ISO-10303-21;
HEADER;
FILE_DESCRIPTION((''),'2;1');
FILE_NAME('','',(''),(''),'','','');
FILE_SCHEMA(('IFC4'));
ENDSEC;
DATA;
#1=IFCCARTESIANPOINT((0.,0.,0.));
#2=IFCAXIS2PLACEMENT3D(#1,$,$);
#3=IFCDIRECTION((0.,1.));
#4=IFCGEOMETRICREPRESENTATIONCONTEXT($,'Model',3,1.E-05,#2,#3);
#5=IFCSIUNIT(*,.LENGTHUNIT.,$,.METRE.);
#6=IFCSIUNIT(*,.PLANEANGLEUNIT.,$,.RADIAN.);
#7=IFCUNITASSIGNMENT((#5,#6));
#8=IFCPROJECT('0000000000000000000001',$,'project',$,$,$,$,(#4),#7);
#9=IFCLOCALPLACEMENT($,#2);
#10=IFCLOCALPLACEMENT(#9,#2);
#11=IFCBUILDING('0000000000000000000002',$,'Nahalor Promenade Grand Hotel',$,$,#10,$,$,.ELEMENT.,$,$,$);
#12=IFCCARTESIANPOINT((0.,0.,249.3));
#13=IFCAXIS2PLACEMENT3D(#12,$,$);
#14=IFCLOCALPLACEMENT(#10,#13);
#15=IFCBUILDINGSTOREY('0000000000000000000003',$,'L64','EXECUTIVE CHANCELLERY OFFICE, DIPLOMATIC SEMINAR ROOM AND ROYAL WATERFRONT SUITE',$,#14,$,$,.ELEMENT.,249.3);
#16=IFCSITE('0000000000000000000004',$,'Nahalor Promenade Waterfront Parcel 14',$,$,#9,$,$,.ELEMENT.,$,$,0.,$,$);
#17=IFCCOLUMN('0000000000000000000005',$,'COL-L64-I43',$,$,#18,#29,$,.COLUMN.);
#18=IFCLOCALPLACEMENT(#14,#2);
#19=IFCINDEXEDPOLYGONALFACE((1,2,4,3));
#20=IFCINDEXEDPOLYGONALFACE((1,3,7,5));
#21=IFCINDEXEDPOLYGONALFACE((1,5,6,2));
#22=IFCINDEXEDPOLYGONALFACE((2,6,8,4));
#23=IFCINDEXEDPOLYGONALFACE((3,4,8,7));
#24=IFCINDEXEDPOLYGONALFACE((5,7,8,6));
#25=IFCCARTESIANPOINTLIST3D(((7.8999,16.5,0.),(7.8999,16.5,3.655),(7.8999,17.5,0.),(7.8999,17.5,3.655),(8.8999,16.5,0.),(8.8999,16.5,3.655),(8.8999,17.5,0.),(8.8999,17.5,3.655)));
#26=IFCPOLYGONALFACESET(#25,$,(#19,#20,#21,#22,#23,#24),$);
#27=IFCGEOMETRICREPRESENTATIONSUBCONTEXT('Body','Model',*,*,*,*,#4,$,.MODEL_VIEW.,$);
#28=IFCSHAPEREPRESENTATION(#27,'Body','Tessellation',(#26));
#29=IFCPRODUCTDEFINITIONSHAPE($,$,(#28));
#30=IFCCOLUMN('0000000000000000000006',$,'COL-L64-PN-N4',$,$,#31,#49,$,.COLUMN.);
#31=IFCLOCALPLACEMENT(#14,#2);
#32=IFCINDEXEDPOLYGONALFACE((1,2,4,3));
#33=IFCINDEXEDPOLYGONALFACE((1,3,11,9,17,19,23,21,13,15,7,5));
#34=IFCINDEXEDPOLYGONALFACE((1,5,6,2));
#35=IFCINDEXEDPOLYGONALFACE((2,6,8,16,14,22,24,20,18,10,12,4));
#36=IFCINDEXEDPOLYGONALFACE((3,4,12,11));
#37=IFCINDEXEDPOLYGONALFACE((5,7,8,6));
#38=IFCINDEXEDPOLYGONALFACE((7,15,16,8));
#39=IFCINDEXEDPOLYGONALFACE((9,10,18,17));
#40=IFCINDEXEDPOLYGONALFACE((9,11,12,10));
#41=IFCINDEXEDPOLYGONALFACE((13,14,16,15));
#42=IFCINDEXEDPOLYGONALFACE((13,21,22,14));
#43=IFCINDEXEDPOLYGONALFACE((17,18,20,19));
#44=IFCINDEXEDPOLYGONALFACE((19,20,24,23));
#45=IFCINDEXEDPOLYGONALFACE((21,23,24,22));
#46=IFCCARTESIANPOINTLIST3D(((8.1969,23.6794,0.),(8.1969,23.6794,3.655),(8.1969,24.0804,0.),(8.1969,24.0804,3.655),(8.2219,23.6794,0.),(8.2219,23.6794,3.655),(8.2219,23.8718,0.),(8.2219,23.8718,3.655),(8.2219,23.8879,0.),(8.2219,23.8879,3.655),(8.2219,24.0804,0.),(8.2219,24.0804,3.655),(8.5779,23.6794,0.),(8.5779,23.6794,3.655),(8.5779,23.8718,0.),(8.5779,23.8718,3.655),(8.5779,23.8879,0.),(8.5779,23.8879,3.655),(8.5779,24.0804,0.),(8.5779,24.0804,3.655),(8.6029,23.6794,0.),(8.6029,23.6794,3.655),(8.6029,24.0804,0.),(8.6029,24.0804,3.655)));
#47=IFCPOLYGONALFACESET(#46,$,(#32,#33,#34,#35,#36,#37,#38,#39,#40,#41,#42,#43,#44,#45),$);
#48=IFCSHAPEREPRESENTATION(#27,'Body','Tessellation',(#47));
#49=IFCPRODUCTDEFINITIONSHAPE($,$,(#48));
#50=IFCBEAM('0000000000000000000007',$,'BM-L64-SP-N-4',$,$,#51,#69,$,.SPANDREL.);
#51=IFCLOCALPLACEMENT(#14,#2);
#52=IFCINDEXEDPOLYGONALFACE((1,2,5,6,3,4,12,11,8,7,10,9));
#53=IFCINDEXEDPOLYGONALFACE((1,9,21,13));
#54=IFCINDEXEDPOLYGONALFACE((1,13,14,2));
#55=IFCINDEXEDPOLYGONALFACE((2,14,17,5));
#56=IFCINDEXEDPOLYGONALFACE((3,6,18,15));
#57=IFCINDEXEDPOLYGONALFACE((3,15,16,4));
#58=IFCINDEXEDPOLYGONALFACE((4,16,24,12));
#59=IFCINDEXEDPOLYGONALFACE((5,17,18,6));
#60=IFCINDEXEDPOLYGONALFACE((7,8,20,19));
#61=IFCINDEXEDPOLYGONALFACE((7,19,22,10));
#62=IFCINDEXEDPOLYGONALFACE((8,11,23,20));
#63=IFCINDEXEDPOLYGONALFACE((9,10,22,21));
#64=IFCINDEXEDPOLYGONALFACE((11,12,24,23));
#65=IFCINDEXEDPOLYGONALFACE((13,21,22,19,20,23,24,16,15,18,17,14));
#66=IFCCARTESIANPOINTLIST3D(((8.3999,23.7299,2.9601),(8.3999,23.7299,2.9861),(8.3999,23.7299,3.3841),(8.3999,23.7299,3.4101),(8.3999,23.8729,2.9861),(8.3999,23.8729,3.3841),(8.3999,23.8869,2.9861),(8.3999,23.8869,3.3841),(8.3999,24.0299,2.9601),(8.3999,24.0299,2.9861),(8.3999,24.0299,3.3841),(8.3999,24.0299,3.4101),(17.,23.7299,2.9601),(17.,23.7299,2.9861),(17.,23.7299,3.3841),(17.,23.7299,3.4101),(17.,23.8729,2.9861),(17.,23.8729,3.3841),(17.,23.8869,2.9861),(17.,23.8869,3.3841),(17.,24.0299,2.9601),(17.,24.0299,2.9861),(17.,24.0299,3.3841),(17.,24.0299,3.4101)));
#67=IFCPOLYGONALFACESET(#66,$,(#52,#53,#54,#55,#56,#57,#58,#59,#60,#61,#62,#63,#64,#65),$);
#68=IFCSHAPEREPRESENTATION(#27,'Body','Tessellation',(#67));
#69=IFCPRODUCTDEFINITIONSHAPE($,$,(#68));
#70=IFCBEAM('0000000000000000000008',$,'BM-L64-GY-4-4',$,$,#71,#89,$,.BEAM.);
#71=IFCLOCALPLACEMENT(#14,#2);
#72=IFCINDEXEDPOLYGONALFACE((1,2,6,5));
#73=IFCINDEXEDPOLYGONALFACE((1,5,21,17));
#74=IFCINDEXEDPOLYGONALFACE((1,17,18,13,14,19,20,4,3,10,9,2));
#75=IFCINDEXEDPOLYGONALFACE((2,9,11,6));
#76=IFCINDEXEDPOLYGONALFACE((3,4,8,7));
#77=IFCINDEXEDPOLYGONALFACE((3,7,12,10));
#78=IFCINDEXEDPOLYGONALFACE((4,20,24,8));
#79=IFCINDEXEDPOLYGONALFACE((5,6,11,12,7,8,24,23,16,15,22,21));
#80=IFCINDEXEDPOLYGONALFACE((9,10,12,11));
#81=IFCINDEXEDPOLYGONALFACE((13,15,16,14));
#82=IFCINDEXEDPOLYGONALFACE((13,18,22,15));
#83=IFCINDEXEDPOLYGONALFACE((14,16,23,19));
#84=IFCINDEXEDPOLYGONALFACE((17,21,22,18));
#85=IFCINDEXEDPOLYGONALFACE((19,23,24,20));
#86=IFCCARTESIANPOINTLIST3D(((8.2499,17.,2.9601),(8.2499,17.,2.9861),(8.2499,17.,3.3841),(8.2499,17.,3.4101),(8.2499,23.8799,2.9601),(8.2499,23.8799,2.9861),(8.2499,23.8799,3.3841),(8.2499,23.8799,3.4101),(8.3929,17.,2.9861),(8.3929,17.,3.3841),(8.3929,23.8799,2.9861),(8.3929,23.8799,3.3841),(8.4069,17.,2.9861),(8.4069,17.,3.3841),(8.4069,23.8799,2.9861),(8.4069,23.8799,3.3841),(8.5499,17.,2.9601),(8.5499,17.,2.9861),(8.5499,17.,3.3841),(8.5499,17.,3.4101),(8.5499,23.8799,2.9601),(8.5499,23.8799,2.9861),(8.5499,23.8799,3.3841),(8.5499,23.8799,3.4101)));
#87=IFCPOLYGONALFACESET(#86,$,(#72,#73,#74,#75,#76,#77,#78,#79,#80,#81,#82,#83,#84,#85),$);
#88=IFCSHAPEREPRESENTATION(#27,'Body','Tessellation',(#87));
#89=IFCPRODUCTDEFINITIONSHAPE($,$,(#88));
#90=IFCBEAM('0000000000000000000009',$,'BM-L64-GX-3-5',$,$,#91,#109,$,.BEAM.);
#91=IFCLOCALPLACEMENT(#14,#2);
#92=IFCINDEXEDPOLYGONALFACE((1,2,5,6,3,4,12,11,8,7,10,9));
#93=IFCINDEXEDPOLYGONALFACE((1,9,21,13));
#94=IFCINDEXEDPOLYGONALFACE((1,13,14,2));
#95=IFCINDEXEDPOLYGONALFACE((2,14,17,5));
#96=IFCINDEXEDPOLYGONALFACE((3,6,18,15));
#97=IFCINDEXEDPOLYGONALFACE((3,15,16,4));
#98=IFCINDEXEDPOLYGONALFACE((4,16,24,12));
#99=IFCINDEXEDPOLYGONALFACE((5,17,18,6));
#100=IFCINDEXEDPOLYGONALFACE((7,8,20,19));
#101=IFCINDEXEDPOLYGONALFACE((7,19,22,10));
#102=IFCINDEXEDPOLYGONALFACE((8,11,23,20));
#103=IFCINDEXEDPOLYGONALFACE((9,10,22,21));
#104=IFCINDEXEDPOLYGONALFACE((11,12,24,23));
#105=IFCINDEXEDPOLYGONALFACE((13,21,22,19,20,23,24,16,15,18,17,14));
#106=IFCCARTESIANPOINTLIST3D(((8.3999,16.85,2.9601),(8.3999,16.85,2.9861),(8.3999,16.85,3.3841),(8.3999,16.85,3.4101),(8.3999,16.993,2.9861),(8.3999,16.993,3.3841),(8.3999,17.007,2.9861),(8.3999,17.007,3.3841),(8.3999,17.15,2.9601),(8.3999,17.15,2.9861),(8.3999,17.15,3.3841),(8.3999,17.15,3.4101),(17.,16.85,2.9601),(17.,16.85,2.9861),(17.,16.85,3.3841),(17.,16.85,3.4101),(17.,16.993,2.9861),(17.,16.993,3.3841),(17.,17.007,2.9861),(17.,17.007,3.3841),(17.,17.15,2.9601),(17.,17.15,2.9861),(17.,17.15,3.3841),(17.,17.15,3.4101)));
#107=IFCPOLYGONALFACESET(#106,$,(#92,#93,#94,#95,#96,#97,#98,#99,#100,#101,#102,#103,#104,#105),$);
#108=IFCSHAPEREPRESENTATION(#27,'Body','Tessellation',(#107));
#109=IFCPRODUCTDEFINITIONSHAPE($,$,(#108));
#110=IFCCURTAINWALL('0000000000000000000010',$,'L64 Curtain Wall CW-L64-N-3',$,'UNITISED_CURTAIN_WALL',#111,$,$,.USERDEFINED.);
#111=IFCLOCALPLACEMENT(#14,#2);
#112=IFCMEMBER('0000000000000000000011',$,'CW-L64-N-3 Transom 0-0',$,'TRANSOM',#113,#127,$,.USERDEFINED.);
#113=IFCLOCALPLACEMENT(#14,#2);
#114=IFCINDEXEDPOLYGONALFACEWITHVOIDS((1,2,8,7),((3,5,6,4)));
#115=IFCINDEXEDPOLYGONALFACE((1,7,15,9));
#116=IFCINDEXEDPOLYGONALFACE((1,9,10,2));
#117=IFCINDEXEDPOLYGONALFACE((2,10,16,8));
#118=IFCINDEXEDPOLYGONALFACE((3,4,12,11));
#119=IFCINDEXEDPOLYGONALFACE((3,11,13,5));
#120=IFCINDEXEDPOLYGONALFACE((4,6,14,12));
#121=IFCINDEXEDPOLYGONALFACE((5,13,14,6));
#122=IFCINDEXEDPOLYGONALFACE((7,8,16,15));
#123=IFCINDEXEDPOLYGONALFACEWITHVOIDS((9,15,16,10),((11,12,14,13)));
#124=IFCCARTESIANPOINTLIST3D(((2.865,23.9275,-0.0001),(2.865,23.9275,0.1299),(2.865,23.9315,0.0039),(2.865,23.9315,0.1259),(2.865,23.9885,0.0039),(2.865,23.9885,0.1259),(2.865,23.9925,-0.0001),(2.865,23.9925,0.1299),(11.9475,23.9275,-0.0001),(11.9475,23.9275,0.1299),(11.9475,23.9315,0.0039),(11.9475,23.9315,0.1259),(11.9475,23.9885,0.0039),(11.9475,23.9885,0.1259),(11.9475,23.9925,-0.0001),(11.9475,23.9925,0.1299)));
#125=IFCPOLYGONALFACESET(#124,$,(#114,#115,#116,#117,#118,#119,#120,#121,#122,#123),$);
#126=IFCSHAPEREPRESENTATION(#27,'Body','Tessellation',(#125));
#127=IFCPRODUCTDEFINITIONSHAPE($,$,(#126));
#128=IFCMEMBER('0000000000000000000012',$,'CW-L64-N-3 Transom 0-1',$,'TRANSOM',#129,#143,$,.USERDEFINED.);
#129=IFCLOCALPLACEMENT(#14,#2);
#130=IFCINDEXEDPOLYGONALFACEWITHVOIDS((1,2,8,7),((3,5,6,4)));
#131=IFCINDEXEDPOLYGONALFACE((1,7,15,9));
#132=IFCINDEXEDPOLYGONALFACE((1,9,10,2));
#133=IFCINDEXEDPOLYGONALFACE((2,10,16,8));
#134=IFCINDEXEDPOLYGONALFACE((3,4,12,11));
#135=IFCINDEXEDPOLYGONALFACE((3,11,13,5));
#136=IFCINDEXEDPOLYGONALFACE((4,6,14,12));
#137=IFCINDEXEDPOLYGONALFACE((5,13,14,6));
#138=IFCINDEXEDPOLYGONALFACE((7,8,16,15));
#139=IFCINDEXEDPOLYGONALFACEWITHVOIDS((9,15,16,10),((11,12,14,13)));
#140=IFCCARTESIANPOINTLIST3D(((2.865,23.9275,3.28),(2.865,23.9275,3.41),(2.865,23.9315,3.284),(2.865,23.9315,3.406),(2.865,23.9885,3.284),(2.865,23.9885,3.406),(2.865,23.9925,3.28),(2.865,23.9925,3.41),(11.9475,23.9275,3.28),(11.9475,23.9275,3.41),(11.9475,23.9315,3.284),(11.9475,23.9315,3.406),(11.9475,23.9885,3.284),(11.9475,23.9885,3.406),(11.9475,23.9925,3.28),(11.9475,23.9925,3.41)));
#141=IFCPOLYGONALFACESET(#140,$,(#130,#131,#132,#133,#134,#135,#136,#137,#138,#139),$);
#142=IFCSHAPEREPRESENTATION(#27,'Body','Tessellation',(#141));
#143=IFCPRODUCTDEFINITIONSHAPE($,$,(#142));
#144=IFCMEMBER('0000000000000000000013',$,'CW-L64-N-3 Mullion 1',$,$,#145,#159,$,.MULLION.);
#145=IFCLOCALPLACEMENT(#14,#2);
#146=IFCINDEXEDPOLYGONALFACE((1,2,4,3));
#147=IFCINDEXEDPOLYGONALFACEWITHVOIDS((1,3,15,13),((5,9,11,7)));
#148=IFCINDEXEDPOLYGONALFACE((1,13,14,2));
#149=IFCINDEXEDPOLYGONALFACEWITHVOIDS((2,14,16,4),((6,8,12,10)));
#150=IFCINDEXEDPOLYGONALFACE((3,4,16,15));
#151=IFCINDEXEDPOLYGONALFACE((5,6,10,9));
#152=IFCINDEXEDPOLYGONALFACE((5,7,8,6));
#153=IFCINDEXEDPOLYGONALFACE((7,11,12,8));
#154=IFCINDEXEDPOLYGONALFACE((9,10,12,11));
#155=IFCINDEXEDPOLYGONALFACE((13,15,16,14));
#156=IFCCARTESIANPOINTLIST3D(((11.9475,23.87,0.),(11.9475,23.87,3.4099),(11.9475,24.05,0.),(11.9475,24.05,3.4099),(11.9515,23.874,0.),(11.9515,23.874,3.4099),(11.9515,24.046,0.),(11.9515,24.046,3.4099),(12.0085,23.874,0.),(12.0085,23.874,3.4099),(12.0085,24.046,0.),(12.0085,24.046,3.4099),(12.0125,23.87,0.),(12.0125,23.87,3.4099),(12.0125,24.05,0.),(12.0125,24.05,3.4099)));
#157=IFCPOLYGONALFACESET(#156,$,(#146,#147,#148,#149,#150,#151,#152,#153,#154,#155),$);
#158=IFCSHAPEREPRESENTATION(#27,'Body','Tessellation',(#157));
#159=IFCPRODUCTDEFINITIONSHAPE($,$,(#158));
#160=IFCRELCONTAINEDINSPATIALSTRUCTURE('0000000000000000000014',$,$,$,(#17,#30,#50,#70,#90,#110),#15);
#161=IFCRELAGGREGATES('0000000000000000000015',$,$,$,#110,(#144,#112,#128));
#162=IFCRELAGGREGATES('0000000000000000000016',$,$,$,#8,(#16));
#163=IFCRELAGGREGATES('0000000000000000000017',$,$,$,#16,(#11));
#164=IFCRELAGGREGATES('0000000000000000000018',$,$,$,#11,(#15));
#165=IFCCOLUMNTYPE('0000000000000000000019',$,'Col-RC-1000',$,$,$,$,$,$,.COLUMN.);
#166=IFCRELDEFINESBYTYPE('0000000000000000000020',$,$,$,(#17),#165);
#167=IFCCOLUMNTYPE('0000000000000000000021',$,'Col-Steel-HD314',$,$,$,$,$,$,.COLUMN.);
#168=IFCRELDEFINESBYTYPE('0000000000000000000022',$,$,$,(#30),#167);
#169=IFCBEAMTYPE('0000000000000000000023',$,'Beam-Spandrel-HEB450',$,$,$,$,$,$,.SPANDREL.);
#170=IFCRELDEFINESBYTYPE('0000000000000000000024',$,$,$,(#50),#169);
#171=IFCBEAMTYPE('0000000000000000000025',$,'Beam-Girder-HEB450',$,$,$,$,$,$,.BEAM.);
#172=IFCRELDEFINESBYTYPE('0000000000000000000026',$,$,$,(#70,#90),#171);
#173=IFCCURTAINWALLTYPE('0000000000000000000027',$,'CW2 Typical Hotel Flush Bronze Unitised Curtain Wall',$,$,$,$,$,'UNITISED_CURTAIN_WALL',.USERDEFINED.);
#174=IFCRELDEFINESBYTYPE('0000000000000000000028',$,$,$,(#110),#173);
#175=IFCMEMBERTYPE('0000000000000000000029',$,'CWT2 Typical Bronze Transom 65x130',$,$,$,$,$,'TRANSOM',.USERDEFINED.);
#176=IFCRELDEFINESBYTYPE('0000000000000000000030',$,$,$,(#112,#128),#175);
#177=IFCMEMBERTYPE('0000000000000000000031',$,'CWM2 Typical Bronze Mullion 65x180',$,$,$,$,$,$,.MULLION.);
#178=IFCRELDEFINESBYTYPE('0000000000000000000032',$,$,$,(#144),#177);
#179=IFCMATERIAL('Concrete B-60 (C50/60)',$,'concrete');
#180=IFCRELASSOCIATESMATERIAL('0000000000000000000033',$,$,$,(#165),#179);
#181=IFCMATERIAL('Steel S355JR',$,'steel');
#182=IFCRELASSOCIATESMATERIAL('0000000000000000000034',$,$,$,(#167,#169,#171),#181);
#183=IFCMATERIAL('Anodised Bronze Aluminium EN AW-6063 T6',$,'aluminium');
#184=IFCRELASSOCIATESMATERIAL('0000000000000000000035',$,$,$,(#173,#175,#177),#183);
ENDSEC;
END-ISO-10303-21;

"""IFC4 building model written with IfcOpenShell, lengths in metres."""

from ifc_helpers import new_model, si_unit, direction, frame, origin, origin_2d, place, context, subcontext, project, spatial, rectangle, hollow_rectangle, i_section, extrude, source, transform, mapped, material, material_profile, profile_set, type_object, element, aggregate, save


model = new_model("IFC4")

# Units and contexts
model_context = context("Model", 3, precision=1e-05, world=origin(), true_north=direction((0.0, 1.0)))
body_context = subcontext(model_context, "Body", "Model", "MODEL_VIEW")
ifc_project = project(units=[si_unit("LENGTHUNIT", "METRE"), si_unit("PLANEANGLEUNIT", "RADIAN")], contexts=[model_context])

# Site, building, storey
site_placement = place(None, origin())
site = spatial("IfcSite", under=ifc_project, at=site_placement, Name="Nahalor Promenade Waterfront Parcel 14", CompositionType="ELEMENT", RefElevation=0.0)
building_placement = place(site_placement, origin())
building = spatial("IfcBuilding", under=site, at=building_placement, Name="Nahalor Promenade Grand Hotel", CompositionType="ELEMENT")
storey_placement = place(building_placement, frame((0.0, 0.0, 249.3)))
storey = spatial("IfcBuildingStorey", under=building, at=storey_placement, Name="L64", Description="EXECUTIVE CHANCELLERY OFFICE, DIPLOMATIC SEMINAR ROOM AND ROYAL WATERFRONT SUITE", CompositionType="ELEMENT", Elevation=249.3)

# Columns
ifc_material_1 = material(Name="Concrete B-60 (C50/60)", Category="concrete")
ifc_material_profile_1 = material_profile(ifc_material_1, rectangle(XDim=1.0, YDim=1.0, at=origin_2d()), Name="RC 1000x1000")
ifc_profile_set_1 = profile_set([ifc_material_profile_1], Name="Concrete B-60 (C50/60)")
column_type_1 = type_object("IfcColumnType", Name="Col-RC-1000", PredefinedType="COLUMN", material=ifc_profile_set_1)
shared_shape_1 = source(origin(), body_context, "Body", "SweptSolid", [
    extrude(rectangle(XDim=1.0, YDim=1.0, at=origin_2d()), origin(), (0.0, 0.0, 1.0), 3.655),
])
column_1_placement = place(storey_placement, frame((8.3999, 17.0, 0.0), z_axis=(0.0, 0.0, 1.0), x_axis=(1.0, 0.0, 0.0)))
element("IfcColumn", 1, at=column_1_placement, inside=storey, type_object=column_type_1, Name="COL-L64-I43", PredefinedType="COLUMN", context=body_context, shape_type="MappedRepresentation", body=[
    mapped(shared_shape_1, transform((0.0, 0.0, 0.0), scale=1.0)),
])
ifc_material_2 = material(Name="Steel S355JR", Category="steel")
ifc_material_profile_2 = material_profile(ifc_material_2, i_section(OverallWidth=0.401, OverallDepth=0.406, WebThickness=0.0161, FlangeThickness=0.025, at=origin_2d()), Name="HD 400x314")
ifc_profile_set_2 = profile_set([ifc_material_profile_2], Name="Steel S355JR")
column_type_2 = type_object("IfcColumnType", Name="Col-Steel-HD314", PredefinedType="COLUMN", material=ifc_profile_set_2)
shared_shape_2 = source(origin(), body_context, "Body", "SweptSolid", [
    extrude(i_section(OverallWidth=0.401, OverallDepth=0.406, WebThickness=0.0161, FlangeThickness=0.025, at=origin_2d()), origin(), (0.0, 0.0, 1.0), 3.655),
])
column_2_placement = place(storey_placement, frame((8.3999, 23.8799, 0.0), z_axis=(0.0, 0.0, 1.0), x_axis=(0.0, 1.0, 0.0)))
element("IfcColumn", 2, at=column_2_placement, inside=storey, type_object=column_type_2, Name="COL-L64-PN-N4", PredefinedType="COLUMN", context=body_context, shape_type="MappedRepresentation", body=[
    mapped(shared_shape_2, transform((0.0, 0.0, 0.0), scale=1.0)),
])

# Beams
ifc_material_profile_3 = material_profile(ifc_material_2, i_section(OverallWidth=0.3, OverallDepth=0.45, WebThickness=0.014, FlangeThickness=0.026, at=origin_2d()), Name="HEB 450")
ifc_profile_set_3 = profile_set([ifc_material_profile_3], Name="Steel S355JR")
beam_type_1 = type_object("IfcBeamType", Name="Beam-Spandrel-HEB450", PredefinedType="SPANDREL", material=ifc_profile_set_3)
shared_shape_3 = source(origin(), body_context, "Body", "SweptSolid", [
    extrude(i_section(OverallWidth=0.3, OverallDepth=0.45, WebThickness=0.014, FlangeThickness=0.026, at=origin_2d()), origin(), (0.0, 0.0, 1.0), 8.6001),
])
beam_1_placement = place(storey_placement, frame((8.3999, 23.8799, 3.1851), z_axis=(1.0, 0.0, 0.0), x_axis=(0.0, 1.0, 0.0)))
element("IfcBeam", 3, at=beam_1_placement, inside=storey, type_object=beam_type_1, Name="BM-L64-SP-N-4", PredefinedType="SPANDREL", context=body_context, shape_type="MappedRepresentation", body=[
    mapped(shared_shape_3, transform((0.0, 0.0, 0.0), scale=1.0)),
])
ifc_material_profile_4 = material_profile(ifc_material_2, i_section(OverallWidth=0.3, OverallDepth=0.45, WebThickness=0.014, FlangeThickness=0.026, at=origin_2d()), Name="HEB 450")
ifc_profile_set_4 = profile_set([ifc_material_profile_4], Name="Steel S355JR")
beam_type_2 = type_object("IfcBeamType", Name="Beam-Girder-HEB450", PredefinedType="BEAM", material=ifc_profile_set_4)
shared_shape_4 = source(origin(), body_context, "Body", "SweptSolid", [
    extrude(i_section(OverallWidth=0.3, OverallDepth=0.45, WebThickness=0.014, FlangeThickness=0.026, at=origin_2d()), origin(), (0.0, 0.0, 1.0), 6.8799),
])
beam_2_placement = place(storey_placement, frame((8.3999, 17.0, 3.1851), z_axis=(0.0, 1.0, 0.0), x_axis=(-1.0, 0.0, 0.0)))
element("IfcBeam", 4, at=beam_2_placement, inside=storey, type_object=beam_type_2, Name="BM-L64-GY-4-4", PredefinedType="BEAM", context=body_context, shape_type="MappedRepresentation", body=[
    mapped(shared_shape_4, transform((0.0, 0.0, 0.0), scale=1.0)),
])
shared_shape_5 = source(origin(), body_context, "Body", "SweptSolid", [
    extrude(i_section(OverallWidth=0.3, OverallDepth=0.45, WebThickness=0.014, FlangeThickness=0.026, at=origin_2d()), origin(), (0.0, 0.0, 1.0), 8.6001),
])
beam_3_placement = place(storey_placement, frame((8.3999, 17.0, 3.1851), z_axis=(1.0, 0.0, 0.0), x_axis=(0.0, 1.0, 0.0)))
element("IfcBeam", 5, at=beam_3_placement, inside=storey, type_object=beam_type_2, Name="BM-L64-GX-3-5", PredefinedType="BEAM", context=body_context, shape_type="MappedRepresentation", body=[
    mapped(shared_shape_5, transform((0.0, 0.0, 0.0), scale=1.0)),
])

# Curtain wall, members
ifc_material_3 = material(Name="Anodised Bronze Aluminium EN AW-6063 T6", Category="aluminium")
curtain_wall_type = type_object("IfcCurtainWallType", Name="CW2 Typical Hotel Flush Bronze Unitised Curtain Wall", ElementType="UNITISED_CURTAIN_WALL", PredefinedType="USERDEFINED", material=ifc_material_3)
curtain_wall_placement = place(storey_placement, origin())
curtain_wall = element("IfcCurtainWall", 6, at=curtain_wall_placement, inside=storey, type_object=curtain_wall_type, Name="L64 Curtain Wall CW-L64-N-3", ObjectType="UNITISED_CURTAIN_WALL", PredefinedType="USERDEFINED")
ifc_material_profile_5 = material_profile(ifc_material_3, hollow_rectangle(XDim=0.065, YDim=0.13, WallThickness=0.004, at=origin_2d()), Name="CWT 65x130x4")
ifc_profile_set_5 = profile_set([ifc_material_profile_5], Name="Anodised Bronze Aluminium EN AW-6063 T6")
member_type_1 = type_object("IfcMemberType", Name="CWT2 Typical Bronze Transom 65x130", ElementType="TRANSOM", PredefinedType="USERDEFINED", material=ifc_profile_set_5)
shared_shape_6 = source(origin(), body_context, "Body", "SweptSolid", [
    extrude(hollow_rectangle(XDim=0.065, YDim=0.13, WallThickness=0.004, at=origin_2d()), origin(), (0.0, 0.0, 1.0), 9.0825),
])
member_1_placement = place(storey_placement, frame((2.865, 23.96, 0.0649), z_axis=(1.0, 0.0, 0.0), x_axis=(0.0, 1.0, 0.0)))
member_1 = element("IfcMember", 7, at=member_1_placement, type_object=member_type_1, Name="CW-L64-N-3 Transom 0-0", ObjectType="TRANSOM", PredefinedType="USERDEFINED", context=body_context, shape_type="MappedRepresentation", body=[
    mapped(shared_shape_6, transform((0.0, 0.0, 0.0), scale=1.0)),
])
member_2_placement = place(storey_placement, frame((2.865, 23.96, 3.345), z_axis=(1.0, 0.0, 0.0), x_axis=(0.0, 1.0, 0.0)))
member_2 = element("IfcMember", 8, at=member_2_placement, type_object=member_type_1, Name="CW-L64-N-3 Transom 0-1", ObjectType="TRANSOM", PredefinedType="USERDEFINED", context=body_context, shape_type="MappedRepresentation", body=[
    mapped(shared_shape_6, transform((0.0, 0.0, 0.0), scale=1.0)),
])
ifc_material_profile_6 = material_profile(ifc_material_3, hollow_rectangle(XDim=0.065, YDim=0.18, WallThickness=0.004, at=origin_2d()), Name="CWM 65x180x4")
ifc_profile_set_6 = profile_set([ifc_material_profile_6], Name="Anodised Bronze Aluminium EN AW-6063 T6")
member_type_2 = type_object("IfcMemberType", Name="CWM2 Typical Bronze Mullion 65x180", PredefinedType="MULLION", material=ifc_profile_set_6)
shared_shape_7 = source(origin(), body_context, "Body", "SweptSolid", [
    extrude(hollow_rectangle(XDim=0.065, YDim=0.18, WallThickness=0.004, at=origin_2d()), origin(), (0.0, 0.0, 1.0), 3.4099),
])
member_3_placement = place(storey_placement, frame((11.98, 23.96, 0.0), z_axis=(0.0, 0.0, 1.0), x_axis=(1.0, 0.0, 0.0)))
member_3 = element("IfcMember", 9, at=member_3_placement, type_object=member_type_2, Name="CW-L64-N-3 Mullion 1", PredefinedType="MULLION", context=body_context, shape_type="MappedRepresentation", body=[
    mapped(shared_shape_7, transform((0.0, 0.0, 0.0), scale=1.0)),
])
aggregate(curtain_wall, [member_3, member_1, member_2])

save(model, "model.ifc")
